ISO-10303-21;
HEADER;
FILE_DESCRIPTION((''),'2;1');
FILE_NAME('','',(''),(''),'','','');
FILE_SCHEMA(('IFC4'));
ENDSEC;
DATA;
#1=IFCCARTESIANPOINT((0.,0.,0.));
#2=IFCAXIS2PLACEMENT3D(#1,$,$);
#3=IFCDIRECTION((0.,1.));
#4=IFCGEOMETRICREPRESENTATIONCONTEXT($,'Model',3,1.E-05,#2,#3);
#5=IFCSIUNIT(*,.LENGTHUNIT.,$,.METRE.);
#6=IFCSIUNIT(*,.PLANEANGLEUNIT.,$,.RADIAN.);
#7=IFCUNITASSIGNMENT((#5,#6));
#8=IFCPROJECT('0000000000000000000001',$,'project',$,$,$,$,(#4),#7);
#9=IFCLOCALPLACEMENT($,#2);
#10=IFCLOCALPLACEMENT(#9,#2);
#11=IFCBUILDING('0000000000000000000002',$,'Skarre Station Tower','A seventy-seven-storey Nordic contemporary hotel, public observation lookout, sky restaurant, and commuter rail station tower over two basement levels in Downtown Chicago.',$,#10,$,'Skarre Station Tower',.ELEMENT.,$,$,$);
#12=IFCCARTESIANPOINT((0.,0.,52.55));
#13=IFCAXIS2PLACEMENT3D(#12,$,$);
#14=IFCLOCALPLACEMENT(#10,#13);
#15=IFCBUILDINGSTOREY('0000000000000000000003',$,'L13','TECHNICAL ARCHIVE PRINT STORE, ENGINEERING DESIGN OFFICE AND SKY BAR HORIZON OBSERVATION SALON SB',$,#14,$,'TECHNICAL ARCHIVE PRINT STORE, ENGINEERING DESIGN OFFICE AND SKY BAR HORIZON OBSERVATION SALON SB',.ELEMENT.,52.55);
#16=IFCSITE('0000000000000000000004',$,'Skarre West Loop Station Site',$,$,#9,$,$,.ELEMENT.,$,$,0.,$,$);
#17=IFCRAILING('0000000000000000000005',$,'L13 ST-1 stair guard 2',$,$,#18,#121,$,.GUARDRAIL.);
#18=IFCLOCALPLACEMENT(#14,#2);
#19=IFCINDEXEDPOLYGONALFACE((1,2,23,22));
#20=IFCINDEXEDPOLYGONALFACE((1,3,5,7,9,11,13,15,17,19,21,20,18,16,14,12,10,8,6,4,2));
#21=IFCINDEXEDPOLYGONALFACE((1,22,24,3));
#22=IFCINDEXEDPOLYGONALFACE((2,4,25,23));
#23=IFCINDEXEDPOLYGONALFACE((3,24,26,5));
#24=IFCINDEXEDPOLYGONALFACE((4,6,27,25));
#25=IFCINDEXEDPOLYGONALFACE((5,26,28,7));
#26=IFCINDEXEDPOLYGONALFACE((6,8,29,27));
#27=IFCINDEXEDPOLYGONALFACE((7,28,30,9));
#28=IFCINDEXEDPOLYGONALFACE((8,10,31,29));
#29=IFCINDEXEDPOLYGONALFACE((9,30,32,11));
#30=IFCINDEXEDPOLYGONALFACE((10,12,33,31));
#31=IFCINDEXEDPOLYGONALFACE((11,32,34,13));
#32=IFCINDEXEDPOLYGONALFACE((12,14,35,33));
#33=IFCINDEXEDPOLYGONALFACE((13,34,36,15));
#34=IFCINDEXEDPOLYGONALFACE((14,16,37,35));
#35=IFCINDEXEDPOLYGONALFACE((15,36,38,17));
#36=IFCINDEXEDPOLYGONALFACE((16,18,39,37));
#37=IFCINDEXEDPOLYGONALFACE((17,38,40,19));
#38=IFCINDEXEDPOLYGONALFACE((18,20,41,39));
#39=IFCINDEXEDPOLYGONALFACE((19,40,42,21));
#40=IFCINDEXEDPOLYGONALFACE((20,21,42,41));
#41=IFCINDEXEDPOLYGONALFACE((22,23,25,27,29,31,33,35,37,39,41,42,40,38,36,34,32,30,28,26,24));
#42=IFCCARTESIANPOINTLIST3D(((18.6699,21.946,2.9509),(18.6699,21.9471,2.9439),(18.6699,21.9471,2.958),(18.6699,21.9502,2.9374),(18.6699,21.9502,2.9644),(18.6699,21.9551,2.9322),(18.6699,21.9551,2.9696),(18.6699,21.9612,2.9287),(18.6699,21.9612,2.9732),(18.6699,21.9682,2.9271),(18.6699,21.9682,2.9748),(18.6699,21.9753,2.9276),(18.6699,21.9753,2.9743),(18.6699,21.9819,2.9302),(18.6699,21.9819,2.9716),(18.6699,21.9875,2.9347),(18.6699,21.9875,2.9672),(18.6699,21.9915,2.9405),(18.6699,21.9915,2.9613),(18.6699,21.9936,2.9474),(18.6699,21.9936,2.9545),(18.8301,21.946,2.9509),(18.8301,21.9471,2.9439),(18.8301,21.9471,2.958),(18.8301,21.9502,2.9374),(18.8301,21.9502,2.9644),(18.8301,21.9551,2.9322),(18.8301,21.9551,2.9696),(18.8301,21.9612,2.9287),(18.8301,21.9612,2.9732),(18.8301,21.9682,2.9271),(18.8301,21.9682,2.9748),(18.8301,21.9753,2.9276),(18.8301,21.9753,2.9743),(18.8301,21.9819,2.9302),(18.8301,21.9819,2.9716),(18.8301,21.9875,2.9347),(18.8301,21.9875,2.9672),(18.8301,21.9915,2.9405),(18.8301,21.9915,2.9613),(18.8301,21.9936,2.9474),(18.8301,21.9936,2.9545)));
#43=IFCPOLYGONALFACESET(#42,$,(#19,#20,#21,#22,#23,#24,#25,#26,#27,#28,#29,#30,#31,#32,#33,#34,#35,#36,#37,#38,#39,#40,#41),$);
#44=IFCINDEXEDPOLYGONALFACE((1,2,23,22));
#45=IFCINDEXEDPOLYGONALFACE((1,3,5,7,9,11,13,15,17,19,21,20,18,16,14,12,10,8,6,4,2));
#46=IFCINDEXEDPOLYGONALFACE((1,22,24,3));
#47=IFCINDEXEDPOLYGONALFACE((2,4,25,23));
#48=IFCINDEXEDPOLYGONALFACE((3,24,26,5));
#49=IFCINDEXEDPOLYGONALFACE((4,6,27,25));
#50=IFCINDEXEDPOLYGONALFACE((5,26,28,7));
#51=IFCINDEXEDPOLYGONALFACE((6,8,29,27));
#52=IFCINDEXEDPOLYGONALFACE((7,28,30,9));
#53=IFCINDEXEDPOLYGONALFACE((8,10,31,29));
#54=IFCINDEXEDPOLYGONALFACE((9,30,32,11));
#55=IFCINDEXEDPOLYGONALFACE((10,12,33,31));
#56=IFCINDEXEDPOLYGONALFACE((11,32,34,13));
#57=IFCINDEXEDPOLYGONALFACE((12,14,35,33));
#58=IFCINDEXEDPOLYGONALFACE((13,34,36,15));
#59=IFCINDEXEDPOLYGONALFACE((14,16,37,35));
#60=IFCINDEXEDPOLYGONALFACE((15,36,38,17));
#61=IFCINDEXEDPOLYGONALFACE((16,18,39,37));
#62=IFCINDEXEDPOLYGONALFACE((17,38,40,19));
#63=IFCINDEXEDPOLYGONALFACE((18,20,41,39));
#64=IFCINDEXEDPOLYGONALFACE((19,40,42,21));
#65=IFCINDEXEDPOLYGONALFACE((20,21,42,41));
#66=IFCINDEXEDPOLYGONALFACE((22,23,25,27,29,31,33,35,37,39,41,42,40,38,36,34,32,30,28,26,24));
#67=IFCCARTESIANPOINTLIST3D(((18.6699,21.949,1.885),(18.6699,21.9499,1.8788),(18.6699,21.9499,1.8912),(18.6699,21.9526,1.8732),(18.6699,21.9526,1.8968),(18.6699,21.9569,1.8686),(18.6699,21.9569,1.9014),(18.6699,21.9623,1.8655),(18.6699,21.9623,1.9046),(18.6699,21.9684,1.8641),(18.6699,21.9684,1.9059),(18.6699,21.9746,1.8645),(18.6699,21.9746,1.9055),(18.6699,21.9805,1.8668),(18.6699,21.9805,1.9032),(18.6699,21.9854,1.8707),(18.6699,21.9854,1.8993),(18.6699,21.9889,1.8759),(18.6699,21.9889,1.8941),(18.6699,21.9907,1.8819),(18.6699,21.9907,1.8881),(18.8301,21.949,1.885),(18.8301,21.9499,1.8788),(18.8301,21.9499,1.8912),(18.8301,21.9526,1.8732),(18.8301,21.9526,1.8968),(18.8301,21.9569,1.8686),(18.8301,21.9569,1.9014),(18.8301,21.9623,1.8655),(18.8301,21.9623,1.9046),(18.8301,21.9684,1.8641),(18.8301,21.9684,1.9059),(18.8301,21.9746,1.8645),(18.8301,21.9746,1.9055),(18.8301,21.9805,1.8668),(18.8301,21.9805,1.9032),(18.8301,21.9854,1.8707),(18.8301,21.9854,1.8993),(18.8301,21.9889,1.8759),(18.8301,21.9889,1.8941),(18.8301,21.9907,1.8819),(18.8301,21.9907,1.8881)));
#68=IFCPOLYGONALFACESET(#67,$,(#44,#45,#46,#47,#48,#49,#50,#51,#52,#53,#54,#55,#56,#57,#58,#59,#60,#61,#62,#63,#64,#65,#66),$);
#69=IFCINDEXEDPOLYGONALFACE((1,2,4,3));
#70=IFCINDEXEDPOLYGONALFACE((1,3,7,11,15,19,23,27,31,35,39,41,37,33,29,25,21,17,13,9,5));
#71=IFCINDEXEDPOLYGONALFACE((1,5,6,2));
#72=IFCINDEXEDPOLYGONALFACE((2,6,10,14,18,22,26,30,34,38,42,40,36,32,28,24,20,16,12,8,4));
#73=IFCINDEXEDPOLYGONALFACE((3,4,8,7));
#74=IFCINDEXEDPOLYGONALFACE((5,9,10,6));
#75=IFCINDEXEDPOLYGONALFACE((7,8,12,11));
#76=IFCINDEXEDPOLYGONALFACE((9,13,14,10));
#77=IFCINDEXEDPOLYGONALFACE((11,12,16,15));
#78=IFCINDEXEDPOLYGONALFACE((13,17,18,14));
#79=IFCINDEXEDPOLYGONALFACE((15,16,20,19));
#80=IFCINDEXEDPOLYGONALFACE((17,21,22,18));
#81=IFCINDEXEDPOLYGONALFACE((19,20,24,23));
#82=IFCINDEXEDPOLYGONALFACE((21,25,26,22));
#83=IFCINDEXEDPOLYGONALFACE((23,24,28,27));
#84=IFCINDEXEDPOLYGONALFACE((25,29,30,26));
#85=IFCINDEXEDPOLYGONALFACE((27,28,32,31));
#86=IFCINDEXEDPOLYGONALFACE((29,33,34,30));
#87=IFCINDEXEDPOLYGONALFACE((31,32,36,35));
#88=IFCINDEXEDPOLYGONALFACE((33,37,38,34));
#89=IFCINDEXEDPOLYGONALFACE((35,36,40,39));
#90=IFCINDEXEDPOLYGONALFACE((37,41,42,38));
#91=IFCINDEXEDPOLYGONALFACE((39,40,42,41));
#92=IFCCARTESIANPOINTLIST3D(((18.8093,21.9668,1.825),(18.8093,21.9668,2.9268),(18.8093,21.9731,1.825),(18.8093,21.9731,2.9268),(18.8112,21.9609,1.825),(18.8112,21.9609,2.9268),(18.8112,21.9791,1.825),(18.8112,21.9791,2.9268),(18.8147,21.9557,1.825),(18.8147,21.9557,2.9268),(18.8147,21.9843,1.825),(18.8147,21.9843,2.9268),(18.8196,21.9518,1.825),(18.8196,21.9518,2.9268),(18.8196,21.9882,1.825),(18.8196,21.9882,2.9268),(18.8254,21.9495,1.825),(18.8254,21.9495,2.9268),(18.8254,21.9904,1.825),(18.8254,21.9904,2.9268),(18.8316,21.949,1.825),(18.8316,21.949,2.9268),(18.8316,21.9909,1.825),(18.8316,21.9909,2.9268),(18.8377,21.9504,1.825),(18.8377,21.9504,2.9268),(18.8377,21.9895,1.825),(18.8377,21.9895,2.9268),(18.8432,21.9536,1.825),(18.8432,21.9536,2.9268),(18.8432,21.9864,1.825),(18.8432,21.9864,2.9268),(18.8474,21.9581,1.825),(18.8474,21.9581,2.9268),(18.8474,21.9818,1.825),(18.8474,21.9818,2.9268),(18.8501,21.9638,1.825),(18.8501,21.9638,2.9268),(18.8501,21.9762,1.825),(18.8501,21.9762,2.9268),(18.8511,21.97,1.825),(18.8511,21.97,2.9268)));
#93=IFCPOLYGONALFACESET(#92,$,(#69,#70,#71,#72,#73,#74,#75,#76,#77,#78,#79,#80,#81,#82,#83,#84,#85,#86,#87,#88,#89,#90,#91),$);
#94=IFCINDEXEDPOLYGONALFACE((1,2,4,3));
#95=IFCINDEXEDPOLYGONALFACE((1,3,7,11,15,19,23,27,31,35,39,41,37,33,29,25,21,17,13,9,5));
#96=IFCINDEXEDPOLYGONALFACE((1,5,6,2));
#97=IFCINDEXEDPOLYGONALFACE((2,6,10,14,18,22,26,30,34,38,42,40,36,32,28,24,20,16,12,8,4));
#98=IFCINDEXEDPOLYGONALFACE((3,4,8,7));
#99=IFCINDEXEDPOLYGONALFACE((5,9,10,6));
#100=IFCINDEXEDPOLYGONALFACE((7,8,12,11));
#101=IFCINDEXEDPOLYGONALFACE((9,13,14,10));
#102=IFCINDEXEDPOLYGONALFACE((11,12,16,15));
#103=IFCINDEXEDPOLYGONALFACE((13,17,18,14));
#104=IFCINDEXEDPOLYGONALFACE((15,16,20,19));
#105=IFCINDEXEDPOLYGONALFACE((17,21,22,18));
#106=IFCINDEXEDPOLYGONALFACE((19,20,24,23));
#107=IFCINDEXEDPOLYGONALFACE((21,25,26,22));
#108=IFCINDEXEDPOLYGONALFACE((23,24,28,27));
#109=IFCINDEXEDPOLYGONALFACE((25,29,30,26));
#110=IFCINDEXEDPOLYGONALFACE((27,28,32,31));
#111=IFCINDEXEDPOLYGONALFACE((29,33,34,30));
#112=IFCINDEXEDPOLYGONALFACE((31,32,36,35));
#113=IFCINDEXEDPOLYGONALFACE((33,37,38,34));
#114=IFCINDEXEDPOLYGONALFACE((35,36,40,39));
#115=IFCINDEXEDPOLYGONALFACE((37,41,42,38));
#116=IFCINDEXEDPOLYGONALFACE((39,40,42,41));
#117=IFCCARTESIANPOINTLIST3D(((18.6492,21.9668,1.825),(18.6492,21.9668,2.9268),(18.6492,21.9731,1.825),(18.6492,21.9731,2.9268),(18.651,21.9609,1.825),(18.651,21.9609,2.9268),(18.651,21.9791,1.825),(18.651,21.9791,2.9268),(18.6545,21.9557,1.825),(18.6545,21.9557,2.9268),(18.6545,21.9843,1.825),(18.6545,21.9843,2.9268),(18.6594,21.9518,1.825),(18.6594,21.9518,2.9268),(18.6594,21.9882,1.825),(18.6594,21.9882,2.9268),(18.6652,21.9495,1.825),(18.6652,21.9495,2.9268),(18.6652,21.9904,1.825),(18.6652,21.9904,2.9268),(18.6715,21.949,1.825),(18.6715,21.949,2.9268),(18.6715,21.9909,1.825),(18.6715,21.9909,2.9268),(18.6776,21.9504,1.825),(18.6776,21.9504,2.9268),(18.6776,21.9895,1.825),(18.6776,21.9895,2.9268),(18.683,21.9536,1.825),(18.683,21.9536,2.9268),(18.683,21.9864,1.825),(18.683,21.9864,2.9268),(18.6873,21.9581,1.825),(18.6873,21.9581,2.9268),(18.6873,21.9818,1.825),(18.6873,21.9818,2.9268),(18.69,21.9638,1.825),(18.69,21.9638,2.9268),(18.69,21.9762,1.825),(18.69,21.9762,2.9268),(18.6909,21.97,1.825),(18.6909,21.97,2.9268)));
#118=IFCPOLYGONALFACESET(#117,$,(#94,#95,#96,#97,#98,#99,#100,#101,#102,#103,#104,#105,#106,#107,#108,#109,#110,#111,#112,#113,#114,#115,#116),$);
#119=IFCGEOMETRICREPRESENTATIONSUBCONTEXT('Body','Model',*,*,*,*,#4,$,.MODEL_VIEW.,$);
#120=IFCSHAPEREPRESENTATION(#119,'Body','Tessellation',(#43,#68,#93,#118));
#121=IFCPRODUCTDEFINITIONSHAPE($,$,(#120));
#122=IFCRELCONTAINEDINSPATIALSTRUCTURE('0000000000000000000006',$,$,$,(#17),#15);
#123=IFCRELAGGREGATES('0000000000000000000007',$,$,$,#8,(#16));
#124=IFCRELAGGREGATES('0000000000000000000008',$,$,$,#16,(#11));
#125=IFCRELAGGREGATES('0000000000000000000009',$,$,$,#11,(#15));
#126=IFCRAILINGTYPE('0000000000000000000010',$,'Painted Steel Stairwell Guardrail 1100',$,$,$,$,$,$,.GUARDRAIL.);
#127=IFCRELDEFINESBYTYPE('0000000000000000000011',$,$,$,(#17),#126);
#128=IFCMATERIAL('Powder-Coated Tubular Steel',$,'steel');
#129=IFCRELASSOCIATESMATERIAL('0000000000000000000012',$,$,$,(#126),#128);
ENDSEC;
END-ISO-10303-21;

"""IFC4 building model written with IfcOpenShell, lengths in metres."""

from ifc_helpers import new_model, si_unit, direction, frame, origin, origin_2d, place, context, subcontext, project, spatial, circle, extrude, material, type_object, element, save


model = new_model("IFC4")

# Units and contexts
model_context = context("Model", 3, precision=1e-05, world=origin(), true_north=direction((0.0, 1.0)))
body_context = subcontext(model_context, "Body", "Model", "MODEL_VIEW")
ifc_project = project(units=[si_unit("LENGTHUNIT", "METRE"), si_unit("PLANEANGLEUNIT", "RADIAN")], contexts=[model_context])

# Site, building, storey
site_placement = place(None, origin())
site = spatial("IfcSite", under=ifc_project, at=site_placement, Name="Skarre West Loop Station Site", CompositionType="ELEMENT", RefElevation=0.0)
building_placement = place(site_placement, origin())
building = spatial("IfcBuilding", under=site, at=building_placement, Name="Skarre Station Tower", Description="A seventy-seven-storey Nordic contemporary hotel, public observation lookout, sky restaurant, and commuter rail station tower over two basement levels in Downtown Chicago.", LongName="Skarre Station Tower", CompositionType="ELEMENT")
storey_placement = place(building_placement, frame((0.0, 0.0, 52.55)))
storey = spatial("IfcBuildingStorey", under=building, at=storey_placement, Name="L13", Description="TECHNICAL ARCHIVE PRINT STORE, ENGINEERING DESIGN OFFICE AND SKY BAR HORIZON OBSERVATION SALON SB", LongName="TECHNICAL ARCHIVE PRINT STORE, ENGINEERING DESIGN OFFICE AND SKY BAR HORIZON OBSERVATION SALON SB", CompositionType="ELEMENT", Elevation=52.55)

# Railing
ifc_material_1 = material(Name="Powder-Coated Tubular Steel", Category="steel")
railing_type_1 = type_object("IfcRailingType", Name="Painted Steel Stairwell Guardrail 1100", PredefinedType="GUARDRAIL", material=ifc_material_1)
railing_1_placement = place(storey_placement, frame((18.8301, 21.97, 1.825)))
element("IfcRailing", 1, at=railing_1_placement, inside=storey, type_object=railing_type_1, Name="L13 ST-1 stair guard 2", PredefinedType="GUARDRAIL", context=body_context, shape_type="SweptSolid", body=[
    extrude(circle(Radius=0.0239, at=origin_2d()), frame((0.0, 0.0, 1.126), z_axis=(-1.0, 0.0, 0.0), x_axis=(0.0, -1.0, 0.0)), (0.0, 0.0, 1.0), 0.1602),
    extrude(circle(Radius=0.021, at=origin_2d()), frame((0.0, 0.0, 0.0601), z_axis=(-1.0, 0.0, 0.0), x_axis=(0.0, -1.0, 0.0)), (0.0, 0.0, 1.0), 0.1602),
    extrude(circle(Radius=0.021, at=origin_2d()), origin(), (0.0, 0.0, 1.0), 1.1018),
    extrude(circle(Radius=0.021, at=origin_2d()), frame((-0.1602, 0.0, 0.0)), (0.0, 0.0, 1.0), 1.1018),
])

save(model, "model.ifc")
